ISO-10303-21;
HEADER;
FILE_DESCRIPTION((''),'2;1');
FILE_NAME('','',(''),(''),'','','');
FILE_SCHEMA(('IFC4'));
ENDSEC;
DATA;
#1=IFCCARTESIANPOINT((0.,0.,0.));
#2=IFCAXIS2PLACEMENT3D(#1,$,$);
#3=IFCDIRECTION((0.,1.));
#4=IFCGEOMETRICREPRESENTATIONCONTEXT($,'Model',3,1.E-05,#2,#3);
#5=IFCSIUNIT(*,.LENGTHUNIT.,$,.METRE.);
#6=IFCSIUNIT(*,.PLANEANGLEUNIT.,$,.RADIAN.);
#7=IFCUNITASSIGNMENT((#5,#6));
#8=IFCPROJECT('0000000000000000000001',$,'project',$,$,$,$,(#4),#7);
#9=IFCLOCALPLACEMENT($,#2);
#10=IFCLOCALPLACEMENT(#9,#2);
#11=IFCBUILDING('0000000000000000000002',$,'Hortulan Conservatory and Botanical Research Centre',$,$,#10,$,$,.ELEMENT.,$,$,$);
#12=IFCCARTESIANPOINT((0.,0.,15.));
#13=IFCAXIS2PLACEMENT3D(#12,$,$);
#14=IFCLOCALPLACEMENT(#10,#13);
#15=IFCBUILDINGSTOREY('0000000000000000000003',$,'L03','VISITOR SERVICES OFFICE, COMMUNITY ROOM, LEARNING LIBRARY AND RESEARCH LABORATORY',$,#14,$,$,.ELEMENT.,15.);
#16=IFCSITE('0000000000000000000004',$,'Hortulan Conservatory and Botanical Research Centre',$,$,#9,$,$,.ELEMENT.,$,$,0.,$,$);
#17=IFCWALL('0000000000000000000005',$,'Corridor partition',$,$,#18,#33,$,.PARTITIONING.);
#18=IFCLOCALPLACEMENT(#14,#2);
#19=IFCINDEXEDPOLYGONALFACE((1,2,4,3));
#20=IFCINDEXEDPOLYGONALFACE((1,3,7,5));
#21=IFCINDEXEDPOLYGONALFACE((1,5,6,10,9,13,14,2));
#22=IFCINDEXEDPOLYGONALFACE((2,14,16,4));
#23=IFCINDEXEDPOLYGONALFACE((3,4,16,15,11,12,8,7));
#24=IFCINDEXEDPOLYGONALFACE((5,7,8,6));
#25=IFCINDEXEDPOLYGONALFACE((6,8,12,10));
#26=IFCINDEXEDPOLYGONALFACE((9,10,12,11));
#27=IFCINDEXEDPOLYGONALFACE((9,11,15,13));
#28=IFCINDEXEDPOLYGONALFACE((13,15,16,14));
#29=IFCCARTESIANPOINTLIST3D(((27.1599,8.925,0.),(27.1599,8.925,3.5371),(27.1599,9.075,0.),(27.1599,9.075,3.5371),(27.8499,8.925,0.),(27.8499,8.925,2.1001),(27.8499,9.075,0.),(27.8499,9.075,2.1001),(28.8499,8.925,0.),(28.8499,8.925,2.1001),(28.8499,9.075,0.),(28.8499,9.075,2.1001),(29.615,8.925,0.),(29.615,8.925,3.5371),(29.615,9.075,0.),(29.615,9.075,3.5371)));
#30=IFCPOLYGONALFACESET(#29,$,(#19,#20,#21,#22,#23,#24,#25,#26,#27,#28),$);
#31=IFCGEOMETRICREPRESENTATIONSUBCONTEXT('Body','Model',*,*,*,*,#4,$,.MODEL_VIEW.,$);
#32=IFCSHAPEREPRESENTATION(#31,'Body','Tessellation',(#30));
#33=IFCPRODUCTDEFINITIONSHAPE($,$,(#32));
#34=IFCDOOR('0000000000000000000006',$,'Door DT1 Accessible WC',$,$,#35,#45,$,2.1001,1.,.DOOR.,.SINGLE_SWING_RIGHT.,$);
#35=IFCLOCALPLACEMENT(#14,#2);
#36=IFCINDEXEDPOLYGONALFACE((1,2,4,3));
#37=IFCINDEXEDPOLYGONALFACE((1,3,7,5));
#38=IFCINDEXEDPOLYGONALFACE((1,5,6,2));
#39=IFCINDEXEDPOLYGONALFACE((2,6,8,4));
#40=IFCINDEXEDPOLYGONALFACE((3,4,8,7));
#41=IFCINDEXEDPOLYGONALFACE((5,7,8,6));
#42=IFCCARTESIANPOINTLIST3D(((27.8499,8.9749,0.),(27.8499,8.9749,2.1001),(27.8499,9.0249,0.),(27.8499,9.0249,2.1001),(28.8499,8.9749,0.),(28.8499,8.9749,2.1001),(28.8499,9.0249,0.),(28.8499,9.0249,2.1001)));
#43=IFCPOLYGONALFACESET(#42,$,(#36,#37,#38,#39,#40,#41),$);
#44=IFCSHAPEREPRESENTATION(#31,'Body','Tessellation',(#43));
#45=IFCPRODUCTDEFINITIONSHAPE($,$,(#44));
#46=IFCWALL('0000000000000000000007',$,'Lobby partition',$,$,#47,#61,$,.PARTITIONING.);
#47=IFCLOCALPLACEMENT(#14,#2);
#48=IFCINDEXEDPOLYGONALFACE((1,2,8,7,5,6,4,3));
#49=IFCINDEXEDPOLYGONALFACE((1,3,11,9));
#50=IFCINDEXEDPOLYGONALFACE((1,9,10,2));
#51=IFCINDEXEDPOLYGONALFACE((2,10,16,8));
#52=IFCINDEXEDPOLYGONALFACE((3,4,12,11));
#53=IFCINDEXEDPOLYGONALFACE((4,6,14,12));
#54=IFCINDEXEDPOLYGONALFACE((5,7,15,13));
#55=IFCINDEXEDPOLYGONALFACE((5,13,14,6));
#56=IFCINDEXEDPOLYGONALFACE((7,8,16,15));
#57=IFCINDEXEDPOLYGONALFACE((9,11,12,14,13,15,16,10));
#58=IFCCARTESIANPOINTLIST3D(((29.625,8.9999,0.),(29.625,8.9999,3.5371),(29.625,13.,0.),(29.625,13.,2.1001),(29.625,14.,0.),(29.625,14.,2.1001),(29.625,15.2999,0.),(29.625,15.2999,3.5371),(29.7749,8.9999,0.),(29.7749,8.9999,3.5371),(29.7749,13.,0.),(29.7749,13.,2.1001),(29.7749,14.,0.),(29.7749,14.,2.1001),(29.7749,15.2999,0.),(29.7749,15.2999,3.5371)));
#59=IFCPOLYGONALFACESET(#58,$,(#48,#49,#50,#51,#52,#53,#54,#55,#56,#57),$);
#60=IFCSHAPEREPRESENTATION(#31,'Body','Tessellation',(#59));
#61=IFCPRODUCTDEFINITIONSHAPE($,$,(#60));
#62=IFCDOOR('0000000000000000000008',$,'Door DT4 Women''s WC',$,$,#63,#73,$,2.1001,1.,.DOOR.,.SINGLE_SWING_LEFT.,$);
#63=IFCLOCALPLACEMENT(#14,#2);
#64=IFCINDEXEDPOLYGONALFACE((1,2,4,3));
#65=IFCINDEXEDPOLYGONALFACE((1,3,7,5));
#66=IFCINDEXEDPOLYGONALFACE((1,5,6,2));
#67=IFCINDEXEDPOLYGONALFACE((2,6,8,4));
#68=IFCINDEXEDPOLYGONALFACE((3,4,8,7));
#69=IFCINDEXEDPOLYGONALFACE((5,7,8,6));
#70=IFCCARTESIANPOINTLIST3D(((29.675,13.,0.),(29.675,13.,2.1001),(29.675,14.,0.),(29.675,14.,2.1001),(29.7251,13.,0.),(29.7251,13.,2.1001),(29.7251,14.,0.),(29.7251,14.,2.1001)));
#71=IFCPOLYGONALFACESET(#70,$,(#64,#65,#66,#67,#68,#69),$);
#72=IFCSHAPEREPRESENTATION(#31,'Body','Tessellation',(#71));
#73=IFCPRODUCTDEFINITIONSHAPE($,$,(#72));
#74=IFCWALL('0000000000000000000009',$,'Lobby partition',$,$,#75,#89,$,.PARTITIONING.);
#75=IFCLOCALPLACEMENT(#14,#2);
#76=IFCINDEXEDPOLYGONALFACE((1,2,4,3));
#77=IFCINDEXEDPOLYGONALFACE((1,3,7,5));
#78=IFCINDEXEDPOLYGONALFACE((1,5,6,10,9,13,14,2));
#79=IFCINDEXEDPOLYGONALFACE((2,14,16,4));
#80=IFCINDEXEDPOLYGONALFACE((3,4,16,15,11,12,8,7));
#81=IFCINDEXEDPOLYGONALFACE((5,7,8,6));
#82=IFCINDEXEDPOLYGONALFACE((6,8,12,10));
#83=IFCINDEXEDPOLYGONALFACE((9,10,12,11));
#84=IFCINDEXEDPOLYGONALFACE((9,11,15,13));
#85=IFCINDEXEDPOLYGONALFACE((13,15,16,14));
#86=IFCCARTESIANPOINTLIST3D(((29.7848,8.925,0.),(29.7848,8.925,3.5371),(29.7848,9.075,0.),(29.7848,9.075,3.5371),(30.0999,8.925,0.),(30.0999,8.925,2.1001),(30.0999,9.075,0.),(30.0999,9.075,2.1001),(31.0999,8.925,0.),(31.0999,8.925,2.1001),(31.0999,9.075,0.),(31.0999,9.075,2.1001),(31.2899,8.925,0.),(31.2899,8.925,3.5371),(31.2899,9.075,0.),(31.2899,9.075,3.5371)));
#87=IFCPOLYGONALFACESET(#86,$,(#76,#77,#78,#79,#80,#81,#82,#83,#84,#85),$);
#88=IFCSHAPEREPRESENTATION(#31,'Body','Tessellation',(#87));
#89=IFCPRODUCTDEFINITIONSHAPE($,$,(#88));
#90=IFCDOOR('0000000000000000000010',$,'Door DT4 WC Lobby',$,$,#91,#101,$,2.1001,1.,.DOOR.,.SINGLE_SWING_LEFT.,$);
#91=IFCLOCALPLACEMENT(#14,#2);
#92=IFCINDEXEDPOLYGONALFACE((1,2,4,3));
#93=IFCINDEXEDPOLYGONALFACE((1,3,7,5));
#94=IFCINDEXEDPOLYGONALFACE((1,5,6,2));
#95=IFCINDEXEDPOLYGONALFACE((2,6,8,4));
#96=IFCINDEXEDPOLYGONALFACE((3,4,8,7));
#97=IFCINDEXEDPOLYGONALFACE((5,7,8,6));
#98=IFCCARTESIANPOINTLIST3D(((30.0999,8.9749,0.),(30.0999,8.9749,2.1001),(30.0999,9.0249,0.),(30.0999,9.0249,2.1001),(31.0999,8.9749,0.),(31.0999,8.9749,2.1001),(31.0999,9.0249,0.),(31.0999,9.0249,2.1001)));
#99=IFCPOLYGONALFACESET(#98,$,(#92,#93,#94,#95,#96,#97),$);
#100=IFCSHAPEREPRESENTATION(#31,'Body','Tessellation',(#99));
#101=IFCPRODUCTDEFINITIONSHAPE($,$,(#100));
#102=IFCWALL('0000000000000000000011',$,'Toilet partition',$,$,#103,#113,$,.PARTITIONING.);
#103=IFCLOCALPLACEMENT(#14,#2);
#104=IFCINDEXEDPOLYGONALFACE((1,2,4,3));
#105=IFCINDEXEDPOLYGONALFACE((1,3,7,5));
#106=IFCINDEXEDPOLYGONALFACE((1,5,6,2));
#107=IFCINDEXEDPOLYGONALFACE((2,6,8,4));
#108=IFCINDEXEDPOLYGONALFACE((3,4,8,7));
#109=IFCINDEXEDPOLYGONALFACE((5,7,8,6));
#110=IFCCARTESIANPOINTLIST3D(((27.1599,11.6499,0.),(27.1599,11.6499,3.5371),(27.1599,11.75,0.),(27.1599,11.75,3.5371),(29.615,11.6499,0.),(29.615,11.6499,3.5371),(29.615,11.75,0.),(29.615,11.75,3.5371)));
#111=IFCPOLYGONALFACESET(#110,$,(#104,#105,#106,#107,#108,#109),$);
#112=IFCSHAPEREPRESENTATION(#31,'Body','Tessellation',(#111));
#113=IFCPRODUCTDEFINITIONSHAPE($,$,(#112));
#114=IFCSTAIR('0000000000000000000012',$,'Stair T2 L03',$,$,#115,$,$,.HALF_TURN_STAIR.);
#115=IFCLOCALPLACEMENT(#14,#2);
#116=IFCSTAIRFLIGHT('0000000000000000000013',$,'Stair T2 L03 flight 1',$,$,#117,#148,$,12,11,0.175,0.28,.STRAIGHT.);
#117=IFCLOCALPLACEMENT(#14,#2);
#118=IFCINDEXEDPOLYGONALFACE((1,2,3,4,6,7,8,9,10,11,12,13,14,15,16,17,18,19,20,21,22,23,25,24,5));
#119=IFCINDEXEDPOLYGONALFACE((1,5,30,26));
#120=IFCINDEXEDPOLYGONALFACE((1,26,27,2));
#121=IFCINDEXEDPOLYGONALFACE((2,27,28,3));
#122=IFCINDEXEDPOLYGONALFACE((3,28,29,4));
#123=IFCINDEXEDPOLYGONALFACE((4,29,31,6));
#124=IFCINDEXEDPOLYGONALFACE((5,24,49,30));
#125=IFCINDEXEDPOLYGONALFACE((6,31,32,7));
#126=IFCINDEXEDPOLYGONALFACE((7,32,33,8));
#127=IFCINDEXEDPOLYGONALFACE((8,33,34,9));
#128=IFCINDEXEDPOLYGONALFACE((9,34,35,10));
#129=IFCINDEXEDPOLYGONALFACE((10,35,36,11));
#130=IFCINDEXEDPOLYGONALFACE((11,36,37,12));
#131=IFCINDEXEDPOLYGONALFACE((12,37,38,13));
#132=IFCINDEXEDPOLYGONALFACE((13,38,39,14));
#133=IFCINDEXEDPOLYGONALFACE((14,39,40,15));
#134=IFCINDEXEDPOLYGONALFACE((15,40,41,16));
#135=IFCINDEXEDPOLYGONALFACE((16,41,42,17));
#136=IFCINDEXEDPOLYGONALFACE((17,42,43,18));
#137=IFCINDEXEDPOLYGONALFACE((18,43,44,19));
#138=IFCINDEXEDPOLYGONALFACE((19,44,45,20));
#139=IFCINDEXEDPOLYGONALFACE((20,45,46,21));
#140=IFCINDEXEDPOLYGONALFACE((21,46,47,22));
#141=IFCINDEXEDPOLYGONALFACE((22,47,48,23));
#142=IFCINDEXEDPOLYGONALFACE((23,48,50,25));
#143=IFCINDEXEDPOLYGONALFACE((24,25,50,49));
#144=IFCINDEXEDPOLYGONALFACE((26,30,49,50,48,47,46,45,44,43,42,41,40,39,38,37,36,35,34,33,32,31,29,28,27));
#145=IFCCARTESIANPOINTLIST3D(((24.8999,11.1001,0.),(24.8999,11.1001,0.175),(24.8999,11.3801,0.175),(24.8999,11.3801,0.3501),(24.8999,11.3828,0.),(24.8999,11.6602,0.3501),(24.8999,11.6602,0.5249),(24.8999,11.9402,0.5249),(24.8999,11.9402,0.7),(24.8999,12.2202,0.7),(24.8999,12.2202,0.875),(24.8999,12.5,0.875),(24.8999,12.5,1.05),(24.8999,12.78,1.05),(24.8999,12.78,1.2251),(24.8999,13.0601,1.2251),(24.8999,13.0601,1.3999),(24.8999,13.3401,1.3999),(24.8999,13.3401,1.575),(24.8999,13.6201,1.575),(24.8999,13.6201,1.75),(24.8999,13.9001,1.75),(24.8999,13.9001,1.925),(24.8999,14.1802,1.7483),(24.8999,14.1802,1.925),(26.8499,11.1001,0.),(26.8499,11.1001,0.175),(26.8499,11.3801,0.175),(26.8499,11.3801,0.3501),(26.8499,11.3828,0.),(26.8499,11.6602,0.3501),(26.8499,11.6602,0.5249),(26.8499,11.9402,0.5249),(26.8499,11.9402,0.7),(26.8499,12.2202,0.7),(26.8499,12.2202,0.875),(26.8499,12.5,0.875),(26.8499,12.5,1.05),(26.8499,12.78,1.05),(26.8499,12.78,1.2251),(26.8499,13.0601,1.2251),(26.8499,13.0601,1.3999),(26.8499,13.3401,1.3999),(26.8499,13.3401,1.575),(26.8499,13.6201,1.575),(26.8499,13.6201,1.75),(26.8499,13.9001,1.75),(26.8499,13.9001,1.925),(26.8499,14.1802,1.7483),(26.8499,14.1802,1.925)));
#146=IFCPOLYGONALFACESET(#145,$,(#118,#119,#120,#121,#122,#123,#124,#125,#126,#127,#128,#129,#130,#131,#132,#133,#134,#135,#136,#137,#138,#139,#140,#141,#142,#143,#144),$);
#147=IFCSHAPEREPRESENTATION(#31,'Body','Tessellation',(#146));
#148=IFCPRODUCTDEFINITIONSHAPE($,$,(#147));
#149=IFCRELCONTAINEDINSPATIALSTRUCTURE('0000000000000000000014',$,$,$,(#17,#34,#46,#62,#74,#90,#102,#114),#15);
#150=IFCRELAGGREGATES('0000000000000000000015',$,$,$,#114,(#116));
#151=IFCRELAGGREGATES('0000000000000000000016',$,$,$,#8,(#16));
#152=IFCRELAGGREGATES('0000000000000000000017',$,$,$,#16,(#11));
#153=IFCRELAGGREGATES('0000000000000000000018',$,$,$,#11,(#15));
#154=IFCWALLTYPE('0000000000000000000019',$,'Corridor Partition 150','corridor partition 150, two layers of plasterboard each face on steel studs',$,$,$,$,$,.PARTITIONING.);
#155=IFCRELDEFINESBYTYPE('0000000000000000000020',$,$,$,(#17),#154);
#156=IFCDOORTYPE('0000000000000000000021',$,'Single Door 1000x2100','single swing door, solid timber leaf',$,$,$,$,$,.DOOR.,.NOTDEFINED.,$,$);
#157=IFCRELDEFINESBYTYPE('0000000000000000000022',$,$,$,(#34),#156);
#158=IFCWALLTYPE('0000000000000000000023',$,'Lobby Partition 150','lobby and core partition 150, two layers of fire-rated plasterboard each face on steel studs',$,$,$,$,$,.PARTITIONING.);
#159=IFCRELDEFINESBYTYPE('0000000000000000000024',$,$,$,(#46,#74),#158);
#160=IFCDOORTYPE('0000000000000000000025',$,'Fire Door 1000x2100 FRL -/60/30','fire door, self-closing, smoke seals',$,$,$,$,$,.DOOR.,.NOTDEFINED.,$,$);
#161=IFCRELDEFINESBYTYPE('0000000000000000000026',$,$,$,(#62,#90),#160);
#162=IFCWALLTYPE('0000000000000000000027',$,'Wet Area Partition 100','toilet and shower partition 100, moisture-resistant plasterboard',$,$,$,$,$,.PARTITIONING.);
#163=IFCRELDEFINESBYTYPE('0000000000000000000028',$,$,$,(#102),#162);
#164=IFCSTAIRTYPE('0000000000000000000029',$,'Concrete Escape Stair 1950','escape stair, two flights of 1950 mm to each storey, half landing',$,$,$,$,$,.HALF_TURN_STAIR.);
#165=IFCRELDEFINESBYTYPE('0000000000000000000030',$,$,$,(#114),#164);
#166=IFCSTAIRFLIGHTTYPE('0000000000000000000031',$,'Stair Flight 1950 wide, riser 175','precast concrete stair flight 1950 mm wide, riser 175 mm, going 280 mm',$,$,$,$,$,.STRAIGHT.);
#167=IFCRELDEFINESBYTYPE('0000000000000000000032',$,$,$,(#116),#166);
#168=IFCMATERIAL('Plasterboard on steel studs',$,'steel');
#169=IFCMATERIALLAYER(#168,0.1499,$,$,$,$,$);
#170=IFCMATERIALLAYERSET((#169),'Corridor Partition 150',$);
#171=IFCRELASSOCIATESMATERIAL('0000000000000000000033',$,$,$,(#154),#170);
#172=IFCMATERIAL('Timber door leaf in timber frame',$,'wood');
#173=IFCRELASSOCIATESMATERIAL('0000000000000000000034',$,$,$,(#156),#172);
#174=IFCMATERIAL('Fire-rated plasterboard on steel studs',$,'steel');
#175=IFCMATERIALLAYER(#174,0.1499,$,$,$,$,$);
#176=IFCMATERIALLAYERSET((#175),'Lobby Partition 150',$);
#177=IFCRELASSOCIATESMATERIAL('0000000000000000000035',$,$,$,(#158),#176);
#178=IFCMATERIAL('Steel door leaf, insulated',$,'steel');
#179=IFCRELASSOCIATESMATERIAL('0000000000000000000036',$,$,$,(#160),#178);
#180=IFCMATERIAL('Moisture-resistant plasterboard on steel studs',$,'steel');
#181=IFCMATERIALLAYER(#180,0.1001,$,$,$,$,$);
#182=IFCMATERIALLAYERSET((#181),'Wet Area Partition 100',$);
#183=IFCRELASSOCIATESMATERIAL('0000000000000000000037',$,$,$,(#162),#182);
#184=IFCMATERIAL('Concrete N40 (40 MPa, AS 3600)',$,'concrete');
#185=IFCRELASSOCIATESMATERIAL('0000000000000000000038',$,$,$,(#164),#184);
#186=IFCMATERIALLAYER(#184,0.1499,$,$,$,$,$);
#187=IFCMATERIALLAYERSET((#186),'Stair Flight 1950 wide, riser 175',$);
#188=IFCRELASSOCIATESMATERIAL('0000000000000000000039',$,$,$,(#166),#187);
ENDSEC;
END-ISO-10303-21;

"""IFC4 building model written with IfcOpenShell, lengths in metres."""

from ifc_helpers import new_model, si_unit, direction, frame, frame_2d, origin, place, context, subcontext, project, spatial, polyline, rectangle, outline, extrude, material, layer, layer_set, type_object, element, fill, aggregate, save


model = new_model("IFC4")

# Units and contexts
model_context = context("Model", 3, precision=1e-05, world=origin(), true_north=direction((0.0, 1.0)))
body_context = subcontext(model_context, "Body", "Model", "MODEL_VIEW")
ifc_project = project(units=[si_unit("LENGTHUNIT", "METRE"), si_unit("PLANEANGLEUNIT", "RADIAN")], contexts=[model_context])

# Site, building, storey
site_placement = place(None, origin())
site = spatial("IfcSite", under=ifc_project, at=site_placement, Name="Hortulan Conservatory and Botanical Research Centre", CompositionType="ELEMENT", RefElevation=0.0)
building_placement = place(site_placement, origin())
building = spatial("IfcBuilding", under=site, at=building_placement, Name="Hortulan Conservatory and Botanical Research Centre", CompositionType="ELEMENT")
storey_placement = place(building_placement, frame((0.0, 0.0, 15.0)))
storey = spatial("IfcBuildingStorey", under=building, at=storey_placement, Name="L03", Description="VISITOR SERVICES OFFICE, COMMUNITY ROOM, LEARNING LIBRARY AND RESEARCH LABORATORY", CompositionType="ELEMENT", Elevation=15.0)

# Shared definitions
ifc_material_1 = material(Name="Fire-rated plasterboard on steel studs", Category="steel")

# Shared definitions
ifc_material_2 = material(Name="Steel door leaf, insulated", Category="steel")

# Shared definitions
ifc_material_3 = material(Name="Plasterboard on steel studs", Category="steel")
ifc_layer_1 = layer(ifc_material_3, 0.1499)
ifc_layer_set_1 = layer_set([ifc_layer_1], Name="Corridor Partition 150")
wall_type_1 = type_object("IfcWallType", Name="Corridor Partition 150", Description="corridor partition 150, two layers of plasterboard each face on steel studs", PredefinedType="PARTITIONING", material=ifc_layer_set_1)

# Walls, openings, doors
wall_1_placement = place(storey_placement, frame((27.1599, 9.0, 0.0), z_axis=(0.0, 0.0, 1.0), x_axis=(1.0, 0.0, 0.0)))
wall_1 = element("IfcWall", 1, at=wall_1_placement, inside=storey, type_object=wall_type_1, Name="Corridor partition", PredefinedType="PARTITIONING", context=body_context, shape_type="SweptSolid", body=[
    extrude(rectangle(XDim=2.4551, YDim=0.1499, at=frame_2d((1.2275, 0.0))), origin(), (0.0, 0.0, 1.0), 3.5371),
])
opening_1_placement = place(wall_1_placement, frame((0.6899, 0.0, 0.0)))
opening_1 = element("IfcOpeningElement", 2, at=opening_1_placement, cuts=wall_1, PredefinedType="OPENING", context=body_context, shape_type="SweptSolid", body=[
    extrude(rectangle(XDim=1.0, YDim=2.1001, at=frame_2d((0.5, 1.05))), frame((0.0, 0.085, 0.0), z_axis=(0.0, -1.0, 0.0), x_axis=(1.0, 0.0, 0.0)), (0.0, 0.0, 1.0), 0.1699),
])
ifc_material_4 = material(Name="Timber door leaf in timber frame", Category="wood")
door_type_1 = type_object("IfcDoorType", Name="Single Door 1000x2100", Description="single swing door, solid timber leaf", OperationType="NOTDEFINED", PredefinedType="DOOR", material=ifc_material_4)
door_1_placement = place(opening_1_placement, origin())
door_1 = element("IfcDoor", 3, at=door_1_placement, inside=storey, type_object=door_type_1, Name="Door DT1 Accessible WC", OperationType="SINGLE_SWING_RIGHT", OverallHeight=2.1001, OverallWidth=1.0, PredefinedType="DOOR", context=body_context, shape_type="SweptSolid", body=[
    extrude(rectangle(XDim=1.0, YDim=2.1001, at=frame_2d((0.5, 1.05))), frame((0.0, 0.0249, 0.0), z_axis=(0.0, -1.0, 0.0), x_axis=(1.0, 0.0, 0.0)), (0.0, 0.0, 1.0), 0.05),
])
fill(opening_1, door_1)
ifc_layer_2 = layer(ifc_material_1, 0.1499)
ifc_layer_set_2 = layer_set([ifc_layer_2], Name="Lobby Partition 150")
wall_type_2 = type_object("IfcWallType", Name="Lobby Partition 150", Description="lobby and core partition 150, two layers of fire-rated plasterboard each face on steel studs", PredefinedType="PARTITIONING", material=ifc_layer_set_2)
wall_2_placement = place(storey_placement, frame((29.7, 9.0, 0.0), z_axis=(0.0, 0.0, 1.0), x_axis=(0.0, 1.0, 0.0)))
wall_2 = element("IfcWall", 4, at=wall_2_placement, inside=storey, type_object=wall_type_2, Name="Lobby partition", PredefinedType="PARTITIONING", context=body_context, shape_type="SweptSolid", body=[
    extrude(rectangle(XDim=6.3, YDim=0.1499, at=frame_2d((3.1499, 0.0))), origin(), (0.0, 0.0, 1.0), 3.5371),
])
opening_2_placement = place(wall_2_placement, frame((4.0, 0.0, 0.0)))
opening_2 = element("IfcOpeningElement", 5, at=opening_2_placement, cuts=wall_2, PredefinedType="OPENING", context=body_context, shape_type="SweptSolid", body=[
    extrude(rectangle(XDim=1.0, YDim=2.1001, at=frame_2d((0.5, 1.05))), frame((0.0, 0.085, 0.0), z_axis=(0.0, -1.0, 0.0), x_axis=(1.0, 0.0, 0.0)), (0.0, 0.0, 1.0), 0.1699),
])
door_type_2 = type_object("IfcDoorType", Name="Fire Door 1000x2100 FRL -/60/30", Description="fire door, self-closing, smoke seals", OperationType="NOTDEFINED", PredefinedType="DOOR", material=ifc_material_2)
door_2_placement = place(opening_2_placement, origin())
door_2 = element("IfcDoor", 6, at=door_2_placement, inside=storey, type_object=door_type_2, Name="Door DT4 Women's WC", OperationType="SINGLE_SWING_LEFT", OverallHeight=2.1001, OverallWidth=1.0, PredefinedType="DOOR", context=body_context, shape_type="SweptSolid", body=[
    extrude(rectangle(XDim=1.0, YDim=2.1001, at=frame_2d((0.5, 1.05))), frame((0.0, 0.0249, 0.0), z_axis=(0.0, -1.0, 0.0), x_axis=(1.0, 0.0, 0.0)), (0.0, 0.0, 1.0), 0.05),
])
fill(opening_2, door_2)
wall_3_placement = place(storey_placement, frame((29.7849, 9.0, 0.0), z_axis=(0.0, 0.0, 1.0), x_axis=(1.0, 0.0, 0.0)))
wall_3 = element("IfcWall", 7, at=wall_3_placement, inside=storey, type_object=wall_type_2, Name="Lobby partition", PredefinedType="PARTITIONING", context=body_context, shape_type="SweptSolid", body=[
    extrude(rectangle(XDim=1.5051, YDim=0.1499, at=frame_2d((0.7524, 0.0))), origin(), (0.0, 0.0, 1.0), 3.5371),
])
opening_3_placement = place(wall_3_placement, frame((0.3149, 0.0, 0.0)))
opening_3 = element("IfcOpeningElement", 8, at=opening_3_placement, cuts=wall_3, PredefinedType="OPENING", context=body_context, shape_type="SweptSolid", body=[
    extrude(rectangle(XDim=1.0, YDim=2.1001, at=frame_2d((0.5, 1.05))), frame((0.0, 0.085, 0.0), z_axis=(0.0, -1.0, 0.0), x_axis=(1.0, 0.0, 0.0)), (0.0, 0.0, 1.0), 0.1699),
])
door_3_placement = place(opening_3_placement, origin())
door_3 = element("IfcDoor", 9, at=door_3_placement, inside=storey, type_object=door_type_2, Name="Door DT4 WC Lobby", OperationType="SINGLE_SWING_LEFT", OverallHeight=2.1001, OverallWidth=1.0, PredefinedType="DOOR", context=body_context, shape_type="SweptSolid", body=[
    extrude(rectangle(XDim=1.0, YDim=2.1001, at=frame_2d((0.5, 1.05))), frame((0.0, 0.0249, 0.0), z_axis=(0.0, -1.0, 0.0), x_axis=(1.0, 0.0, 0.0)), (0.0, 0.0, 1.0), 0.05),
])
fill(opening_3, door_3)

# Wall
ifc_material_5 = material(Name="Moisture-resistant plasterboard on steel studs", Category="steel")
ifc_layer_3 = layer(ifc_material_5, 0.1001)
ifc_layer_set_3 = layer_set([ifc_layer_3], Name="Wet Area Partition 100")
wall_type_3 = type_object("IfcWallType", Name="Wet Area Partition 100", Description="toilet and shower partition 100, moisture-resistant plasterboard", PredefinedType="PARTITIONING", material=ifc_layer_set_3)
wall_4_placement = place(storey_placement, frame((27.1599, 11.7, 0.0), z_axis=(0.0, 0.0, 1.0), x_axis=(1.0, 0.0, 0.0)))
element("IfcWall", 10, at=wall_4_placement, inside=storey, type_object=wall_type_3, Name="Toilet partition", PredefinedType="PARTITIONING", context=body_context, shape_type="SweptSolid", body=[
    extrude(rectangle(XDim=2.4551, YDim=0.1001, at=frame_2d((1.2275, 0.0))), origin(), (0.0, 0.0, 1.0), 3.5371),
])

# Stair, stair flight
ifc_material_6 = material(Name="Concrete N40 (40 MPa, AS 3600)", Category="concrete")
stair_type = type_object("IfcStairType", Name="Concrete Escape Stair 1950", Description="escape stair, two flights of 1950 mm to each storey, half landing", PredefinedType="HALF_TURN_STAIR", material=ifc_material_6)
stair_placement = place(storey_placement, origin())
stair = element("IfcStair", 11, at=stair_placement, inside=storey, type_object=stair_type, Name="Stair T2 L03", PredefinedType="HALF_TURN_STAIR")
ifc_layer_4 = layer(ifc_material_6, 0.1499)
ifc_layer_set_4 = layer_set([ifc_layer_4], Name="Stair Flight 1950 wide, riser 175")
stair_flight_type = type_object("IfcStairFlightType", Name="Stair Flight 1950 wide, riser 175", Description="precast concrete stair flight 1950 mm wide, riser 175 mm, going 280 mm", PredefinedType="STRAIGHT", material=ifc_layer_set_4)
stair_flight_1_placement = place(storey_placement, frame((25.875, 11.1001, 0.0), z_axis=(0.0, 0.0, 1.0), x_axis=(0.0, 1.0, 0.0)))
stair_flight_1 = element("IfcStairFlight", 12, at=stair_flight_1_placement, type_object=stair_flight_type, Name="Stair T2 L03 flight 1", NumberOfRisers=12, NumberOfTreads=11, PredefinedType="STRAIGHT", RiserHeight=0.175, TreadLength=0.28, context=body_context, shape_type="SweptSolid", body=[
    extrude(outline(polyline([(0.0, 0.0), (0.0, 0.175), (0.28, 0.175), (0.28, 0.3501), (0.5601, 0.3501), (0.5601, 0.5249), (0.8401, 0.5249), (0.8401, 0.7), (1.1201, 0.7), (1.1201, 0.875), (1.3999, 0.875), (1.3999, 1.05), (1.6799, 1.05), (1.6799, 1.2251), (1.96, 1.2251), (1.96, 1.3999), (2.24, 1.3999), (2.24, 1.575), (2.52, 1.575), (2.52, 1.75), (2.8, 1.75), (2.8, 1.925), (3.0801, 1.925), (3.0801, 2.1001), (3.0801, 1.7483), (0.2827, 0.0), (0.0, 0.0)])), frame((0.0, 0.9751, 0.0), z_axis=(0.0, -1.0, 0.0), x_axis=(1.0, 0.0, 0.0)), (0.0, 0.0, 1.0), 1.95),
])
aggregate(stair, [stair_flight_1])

save(model, "model.ifc")
